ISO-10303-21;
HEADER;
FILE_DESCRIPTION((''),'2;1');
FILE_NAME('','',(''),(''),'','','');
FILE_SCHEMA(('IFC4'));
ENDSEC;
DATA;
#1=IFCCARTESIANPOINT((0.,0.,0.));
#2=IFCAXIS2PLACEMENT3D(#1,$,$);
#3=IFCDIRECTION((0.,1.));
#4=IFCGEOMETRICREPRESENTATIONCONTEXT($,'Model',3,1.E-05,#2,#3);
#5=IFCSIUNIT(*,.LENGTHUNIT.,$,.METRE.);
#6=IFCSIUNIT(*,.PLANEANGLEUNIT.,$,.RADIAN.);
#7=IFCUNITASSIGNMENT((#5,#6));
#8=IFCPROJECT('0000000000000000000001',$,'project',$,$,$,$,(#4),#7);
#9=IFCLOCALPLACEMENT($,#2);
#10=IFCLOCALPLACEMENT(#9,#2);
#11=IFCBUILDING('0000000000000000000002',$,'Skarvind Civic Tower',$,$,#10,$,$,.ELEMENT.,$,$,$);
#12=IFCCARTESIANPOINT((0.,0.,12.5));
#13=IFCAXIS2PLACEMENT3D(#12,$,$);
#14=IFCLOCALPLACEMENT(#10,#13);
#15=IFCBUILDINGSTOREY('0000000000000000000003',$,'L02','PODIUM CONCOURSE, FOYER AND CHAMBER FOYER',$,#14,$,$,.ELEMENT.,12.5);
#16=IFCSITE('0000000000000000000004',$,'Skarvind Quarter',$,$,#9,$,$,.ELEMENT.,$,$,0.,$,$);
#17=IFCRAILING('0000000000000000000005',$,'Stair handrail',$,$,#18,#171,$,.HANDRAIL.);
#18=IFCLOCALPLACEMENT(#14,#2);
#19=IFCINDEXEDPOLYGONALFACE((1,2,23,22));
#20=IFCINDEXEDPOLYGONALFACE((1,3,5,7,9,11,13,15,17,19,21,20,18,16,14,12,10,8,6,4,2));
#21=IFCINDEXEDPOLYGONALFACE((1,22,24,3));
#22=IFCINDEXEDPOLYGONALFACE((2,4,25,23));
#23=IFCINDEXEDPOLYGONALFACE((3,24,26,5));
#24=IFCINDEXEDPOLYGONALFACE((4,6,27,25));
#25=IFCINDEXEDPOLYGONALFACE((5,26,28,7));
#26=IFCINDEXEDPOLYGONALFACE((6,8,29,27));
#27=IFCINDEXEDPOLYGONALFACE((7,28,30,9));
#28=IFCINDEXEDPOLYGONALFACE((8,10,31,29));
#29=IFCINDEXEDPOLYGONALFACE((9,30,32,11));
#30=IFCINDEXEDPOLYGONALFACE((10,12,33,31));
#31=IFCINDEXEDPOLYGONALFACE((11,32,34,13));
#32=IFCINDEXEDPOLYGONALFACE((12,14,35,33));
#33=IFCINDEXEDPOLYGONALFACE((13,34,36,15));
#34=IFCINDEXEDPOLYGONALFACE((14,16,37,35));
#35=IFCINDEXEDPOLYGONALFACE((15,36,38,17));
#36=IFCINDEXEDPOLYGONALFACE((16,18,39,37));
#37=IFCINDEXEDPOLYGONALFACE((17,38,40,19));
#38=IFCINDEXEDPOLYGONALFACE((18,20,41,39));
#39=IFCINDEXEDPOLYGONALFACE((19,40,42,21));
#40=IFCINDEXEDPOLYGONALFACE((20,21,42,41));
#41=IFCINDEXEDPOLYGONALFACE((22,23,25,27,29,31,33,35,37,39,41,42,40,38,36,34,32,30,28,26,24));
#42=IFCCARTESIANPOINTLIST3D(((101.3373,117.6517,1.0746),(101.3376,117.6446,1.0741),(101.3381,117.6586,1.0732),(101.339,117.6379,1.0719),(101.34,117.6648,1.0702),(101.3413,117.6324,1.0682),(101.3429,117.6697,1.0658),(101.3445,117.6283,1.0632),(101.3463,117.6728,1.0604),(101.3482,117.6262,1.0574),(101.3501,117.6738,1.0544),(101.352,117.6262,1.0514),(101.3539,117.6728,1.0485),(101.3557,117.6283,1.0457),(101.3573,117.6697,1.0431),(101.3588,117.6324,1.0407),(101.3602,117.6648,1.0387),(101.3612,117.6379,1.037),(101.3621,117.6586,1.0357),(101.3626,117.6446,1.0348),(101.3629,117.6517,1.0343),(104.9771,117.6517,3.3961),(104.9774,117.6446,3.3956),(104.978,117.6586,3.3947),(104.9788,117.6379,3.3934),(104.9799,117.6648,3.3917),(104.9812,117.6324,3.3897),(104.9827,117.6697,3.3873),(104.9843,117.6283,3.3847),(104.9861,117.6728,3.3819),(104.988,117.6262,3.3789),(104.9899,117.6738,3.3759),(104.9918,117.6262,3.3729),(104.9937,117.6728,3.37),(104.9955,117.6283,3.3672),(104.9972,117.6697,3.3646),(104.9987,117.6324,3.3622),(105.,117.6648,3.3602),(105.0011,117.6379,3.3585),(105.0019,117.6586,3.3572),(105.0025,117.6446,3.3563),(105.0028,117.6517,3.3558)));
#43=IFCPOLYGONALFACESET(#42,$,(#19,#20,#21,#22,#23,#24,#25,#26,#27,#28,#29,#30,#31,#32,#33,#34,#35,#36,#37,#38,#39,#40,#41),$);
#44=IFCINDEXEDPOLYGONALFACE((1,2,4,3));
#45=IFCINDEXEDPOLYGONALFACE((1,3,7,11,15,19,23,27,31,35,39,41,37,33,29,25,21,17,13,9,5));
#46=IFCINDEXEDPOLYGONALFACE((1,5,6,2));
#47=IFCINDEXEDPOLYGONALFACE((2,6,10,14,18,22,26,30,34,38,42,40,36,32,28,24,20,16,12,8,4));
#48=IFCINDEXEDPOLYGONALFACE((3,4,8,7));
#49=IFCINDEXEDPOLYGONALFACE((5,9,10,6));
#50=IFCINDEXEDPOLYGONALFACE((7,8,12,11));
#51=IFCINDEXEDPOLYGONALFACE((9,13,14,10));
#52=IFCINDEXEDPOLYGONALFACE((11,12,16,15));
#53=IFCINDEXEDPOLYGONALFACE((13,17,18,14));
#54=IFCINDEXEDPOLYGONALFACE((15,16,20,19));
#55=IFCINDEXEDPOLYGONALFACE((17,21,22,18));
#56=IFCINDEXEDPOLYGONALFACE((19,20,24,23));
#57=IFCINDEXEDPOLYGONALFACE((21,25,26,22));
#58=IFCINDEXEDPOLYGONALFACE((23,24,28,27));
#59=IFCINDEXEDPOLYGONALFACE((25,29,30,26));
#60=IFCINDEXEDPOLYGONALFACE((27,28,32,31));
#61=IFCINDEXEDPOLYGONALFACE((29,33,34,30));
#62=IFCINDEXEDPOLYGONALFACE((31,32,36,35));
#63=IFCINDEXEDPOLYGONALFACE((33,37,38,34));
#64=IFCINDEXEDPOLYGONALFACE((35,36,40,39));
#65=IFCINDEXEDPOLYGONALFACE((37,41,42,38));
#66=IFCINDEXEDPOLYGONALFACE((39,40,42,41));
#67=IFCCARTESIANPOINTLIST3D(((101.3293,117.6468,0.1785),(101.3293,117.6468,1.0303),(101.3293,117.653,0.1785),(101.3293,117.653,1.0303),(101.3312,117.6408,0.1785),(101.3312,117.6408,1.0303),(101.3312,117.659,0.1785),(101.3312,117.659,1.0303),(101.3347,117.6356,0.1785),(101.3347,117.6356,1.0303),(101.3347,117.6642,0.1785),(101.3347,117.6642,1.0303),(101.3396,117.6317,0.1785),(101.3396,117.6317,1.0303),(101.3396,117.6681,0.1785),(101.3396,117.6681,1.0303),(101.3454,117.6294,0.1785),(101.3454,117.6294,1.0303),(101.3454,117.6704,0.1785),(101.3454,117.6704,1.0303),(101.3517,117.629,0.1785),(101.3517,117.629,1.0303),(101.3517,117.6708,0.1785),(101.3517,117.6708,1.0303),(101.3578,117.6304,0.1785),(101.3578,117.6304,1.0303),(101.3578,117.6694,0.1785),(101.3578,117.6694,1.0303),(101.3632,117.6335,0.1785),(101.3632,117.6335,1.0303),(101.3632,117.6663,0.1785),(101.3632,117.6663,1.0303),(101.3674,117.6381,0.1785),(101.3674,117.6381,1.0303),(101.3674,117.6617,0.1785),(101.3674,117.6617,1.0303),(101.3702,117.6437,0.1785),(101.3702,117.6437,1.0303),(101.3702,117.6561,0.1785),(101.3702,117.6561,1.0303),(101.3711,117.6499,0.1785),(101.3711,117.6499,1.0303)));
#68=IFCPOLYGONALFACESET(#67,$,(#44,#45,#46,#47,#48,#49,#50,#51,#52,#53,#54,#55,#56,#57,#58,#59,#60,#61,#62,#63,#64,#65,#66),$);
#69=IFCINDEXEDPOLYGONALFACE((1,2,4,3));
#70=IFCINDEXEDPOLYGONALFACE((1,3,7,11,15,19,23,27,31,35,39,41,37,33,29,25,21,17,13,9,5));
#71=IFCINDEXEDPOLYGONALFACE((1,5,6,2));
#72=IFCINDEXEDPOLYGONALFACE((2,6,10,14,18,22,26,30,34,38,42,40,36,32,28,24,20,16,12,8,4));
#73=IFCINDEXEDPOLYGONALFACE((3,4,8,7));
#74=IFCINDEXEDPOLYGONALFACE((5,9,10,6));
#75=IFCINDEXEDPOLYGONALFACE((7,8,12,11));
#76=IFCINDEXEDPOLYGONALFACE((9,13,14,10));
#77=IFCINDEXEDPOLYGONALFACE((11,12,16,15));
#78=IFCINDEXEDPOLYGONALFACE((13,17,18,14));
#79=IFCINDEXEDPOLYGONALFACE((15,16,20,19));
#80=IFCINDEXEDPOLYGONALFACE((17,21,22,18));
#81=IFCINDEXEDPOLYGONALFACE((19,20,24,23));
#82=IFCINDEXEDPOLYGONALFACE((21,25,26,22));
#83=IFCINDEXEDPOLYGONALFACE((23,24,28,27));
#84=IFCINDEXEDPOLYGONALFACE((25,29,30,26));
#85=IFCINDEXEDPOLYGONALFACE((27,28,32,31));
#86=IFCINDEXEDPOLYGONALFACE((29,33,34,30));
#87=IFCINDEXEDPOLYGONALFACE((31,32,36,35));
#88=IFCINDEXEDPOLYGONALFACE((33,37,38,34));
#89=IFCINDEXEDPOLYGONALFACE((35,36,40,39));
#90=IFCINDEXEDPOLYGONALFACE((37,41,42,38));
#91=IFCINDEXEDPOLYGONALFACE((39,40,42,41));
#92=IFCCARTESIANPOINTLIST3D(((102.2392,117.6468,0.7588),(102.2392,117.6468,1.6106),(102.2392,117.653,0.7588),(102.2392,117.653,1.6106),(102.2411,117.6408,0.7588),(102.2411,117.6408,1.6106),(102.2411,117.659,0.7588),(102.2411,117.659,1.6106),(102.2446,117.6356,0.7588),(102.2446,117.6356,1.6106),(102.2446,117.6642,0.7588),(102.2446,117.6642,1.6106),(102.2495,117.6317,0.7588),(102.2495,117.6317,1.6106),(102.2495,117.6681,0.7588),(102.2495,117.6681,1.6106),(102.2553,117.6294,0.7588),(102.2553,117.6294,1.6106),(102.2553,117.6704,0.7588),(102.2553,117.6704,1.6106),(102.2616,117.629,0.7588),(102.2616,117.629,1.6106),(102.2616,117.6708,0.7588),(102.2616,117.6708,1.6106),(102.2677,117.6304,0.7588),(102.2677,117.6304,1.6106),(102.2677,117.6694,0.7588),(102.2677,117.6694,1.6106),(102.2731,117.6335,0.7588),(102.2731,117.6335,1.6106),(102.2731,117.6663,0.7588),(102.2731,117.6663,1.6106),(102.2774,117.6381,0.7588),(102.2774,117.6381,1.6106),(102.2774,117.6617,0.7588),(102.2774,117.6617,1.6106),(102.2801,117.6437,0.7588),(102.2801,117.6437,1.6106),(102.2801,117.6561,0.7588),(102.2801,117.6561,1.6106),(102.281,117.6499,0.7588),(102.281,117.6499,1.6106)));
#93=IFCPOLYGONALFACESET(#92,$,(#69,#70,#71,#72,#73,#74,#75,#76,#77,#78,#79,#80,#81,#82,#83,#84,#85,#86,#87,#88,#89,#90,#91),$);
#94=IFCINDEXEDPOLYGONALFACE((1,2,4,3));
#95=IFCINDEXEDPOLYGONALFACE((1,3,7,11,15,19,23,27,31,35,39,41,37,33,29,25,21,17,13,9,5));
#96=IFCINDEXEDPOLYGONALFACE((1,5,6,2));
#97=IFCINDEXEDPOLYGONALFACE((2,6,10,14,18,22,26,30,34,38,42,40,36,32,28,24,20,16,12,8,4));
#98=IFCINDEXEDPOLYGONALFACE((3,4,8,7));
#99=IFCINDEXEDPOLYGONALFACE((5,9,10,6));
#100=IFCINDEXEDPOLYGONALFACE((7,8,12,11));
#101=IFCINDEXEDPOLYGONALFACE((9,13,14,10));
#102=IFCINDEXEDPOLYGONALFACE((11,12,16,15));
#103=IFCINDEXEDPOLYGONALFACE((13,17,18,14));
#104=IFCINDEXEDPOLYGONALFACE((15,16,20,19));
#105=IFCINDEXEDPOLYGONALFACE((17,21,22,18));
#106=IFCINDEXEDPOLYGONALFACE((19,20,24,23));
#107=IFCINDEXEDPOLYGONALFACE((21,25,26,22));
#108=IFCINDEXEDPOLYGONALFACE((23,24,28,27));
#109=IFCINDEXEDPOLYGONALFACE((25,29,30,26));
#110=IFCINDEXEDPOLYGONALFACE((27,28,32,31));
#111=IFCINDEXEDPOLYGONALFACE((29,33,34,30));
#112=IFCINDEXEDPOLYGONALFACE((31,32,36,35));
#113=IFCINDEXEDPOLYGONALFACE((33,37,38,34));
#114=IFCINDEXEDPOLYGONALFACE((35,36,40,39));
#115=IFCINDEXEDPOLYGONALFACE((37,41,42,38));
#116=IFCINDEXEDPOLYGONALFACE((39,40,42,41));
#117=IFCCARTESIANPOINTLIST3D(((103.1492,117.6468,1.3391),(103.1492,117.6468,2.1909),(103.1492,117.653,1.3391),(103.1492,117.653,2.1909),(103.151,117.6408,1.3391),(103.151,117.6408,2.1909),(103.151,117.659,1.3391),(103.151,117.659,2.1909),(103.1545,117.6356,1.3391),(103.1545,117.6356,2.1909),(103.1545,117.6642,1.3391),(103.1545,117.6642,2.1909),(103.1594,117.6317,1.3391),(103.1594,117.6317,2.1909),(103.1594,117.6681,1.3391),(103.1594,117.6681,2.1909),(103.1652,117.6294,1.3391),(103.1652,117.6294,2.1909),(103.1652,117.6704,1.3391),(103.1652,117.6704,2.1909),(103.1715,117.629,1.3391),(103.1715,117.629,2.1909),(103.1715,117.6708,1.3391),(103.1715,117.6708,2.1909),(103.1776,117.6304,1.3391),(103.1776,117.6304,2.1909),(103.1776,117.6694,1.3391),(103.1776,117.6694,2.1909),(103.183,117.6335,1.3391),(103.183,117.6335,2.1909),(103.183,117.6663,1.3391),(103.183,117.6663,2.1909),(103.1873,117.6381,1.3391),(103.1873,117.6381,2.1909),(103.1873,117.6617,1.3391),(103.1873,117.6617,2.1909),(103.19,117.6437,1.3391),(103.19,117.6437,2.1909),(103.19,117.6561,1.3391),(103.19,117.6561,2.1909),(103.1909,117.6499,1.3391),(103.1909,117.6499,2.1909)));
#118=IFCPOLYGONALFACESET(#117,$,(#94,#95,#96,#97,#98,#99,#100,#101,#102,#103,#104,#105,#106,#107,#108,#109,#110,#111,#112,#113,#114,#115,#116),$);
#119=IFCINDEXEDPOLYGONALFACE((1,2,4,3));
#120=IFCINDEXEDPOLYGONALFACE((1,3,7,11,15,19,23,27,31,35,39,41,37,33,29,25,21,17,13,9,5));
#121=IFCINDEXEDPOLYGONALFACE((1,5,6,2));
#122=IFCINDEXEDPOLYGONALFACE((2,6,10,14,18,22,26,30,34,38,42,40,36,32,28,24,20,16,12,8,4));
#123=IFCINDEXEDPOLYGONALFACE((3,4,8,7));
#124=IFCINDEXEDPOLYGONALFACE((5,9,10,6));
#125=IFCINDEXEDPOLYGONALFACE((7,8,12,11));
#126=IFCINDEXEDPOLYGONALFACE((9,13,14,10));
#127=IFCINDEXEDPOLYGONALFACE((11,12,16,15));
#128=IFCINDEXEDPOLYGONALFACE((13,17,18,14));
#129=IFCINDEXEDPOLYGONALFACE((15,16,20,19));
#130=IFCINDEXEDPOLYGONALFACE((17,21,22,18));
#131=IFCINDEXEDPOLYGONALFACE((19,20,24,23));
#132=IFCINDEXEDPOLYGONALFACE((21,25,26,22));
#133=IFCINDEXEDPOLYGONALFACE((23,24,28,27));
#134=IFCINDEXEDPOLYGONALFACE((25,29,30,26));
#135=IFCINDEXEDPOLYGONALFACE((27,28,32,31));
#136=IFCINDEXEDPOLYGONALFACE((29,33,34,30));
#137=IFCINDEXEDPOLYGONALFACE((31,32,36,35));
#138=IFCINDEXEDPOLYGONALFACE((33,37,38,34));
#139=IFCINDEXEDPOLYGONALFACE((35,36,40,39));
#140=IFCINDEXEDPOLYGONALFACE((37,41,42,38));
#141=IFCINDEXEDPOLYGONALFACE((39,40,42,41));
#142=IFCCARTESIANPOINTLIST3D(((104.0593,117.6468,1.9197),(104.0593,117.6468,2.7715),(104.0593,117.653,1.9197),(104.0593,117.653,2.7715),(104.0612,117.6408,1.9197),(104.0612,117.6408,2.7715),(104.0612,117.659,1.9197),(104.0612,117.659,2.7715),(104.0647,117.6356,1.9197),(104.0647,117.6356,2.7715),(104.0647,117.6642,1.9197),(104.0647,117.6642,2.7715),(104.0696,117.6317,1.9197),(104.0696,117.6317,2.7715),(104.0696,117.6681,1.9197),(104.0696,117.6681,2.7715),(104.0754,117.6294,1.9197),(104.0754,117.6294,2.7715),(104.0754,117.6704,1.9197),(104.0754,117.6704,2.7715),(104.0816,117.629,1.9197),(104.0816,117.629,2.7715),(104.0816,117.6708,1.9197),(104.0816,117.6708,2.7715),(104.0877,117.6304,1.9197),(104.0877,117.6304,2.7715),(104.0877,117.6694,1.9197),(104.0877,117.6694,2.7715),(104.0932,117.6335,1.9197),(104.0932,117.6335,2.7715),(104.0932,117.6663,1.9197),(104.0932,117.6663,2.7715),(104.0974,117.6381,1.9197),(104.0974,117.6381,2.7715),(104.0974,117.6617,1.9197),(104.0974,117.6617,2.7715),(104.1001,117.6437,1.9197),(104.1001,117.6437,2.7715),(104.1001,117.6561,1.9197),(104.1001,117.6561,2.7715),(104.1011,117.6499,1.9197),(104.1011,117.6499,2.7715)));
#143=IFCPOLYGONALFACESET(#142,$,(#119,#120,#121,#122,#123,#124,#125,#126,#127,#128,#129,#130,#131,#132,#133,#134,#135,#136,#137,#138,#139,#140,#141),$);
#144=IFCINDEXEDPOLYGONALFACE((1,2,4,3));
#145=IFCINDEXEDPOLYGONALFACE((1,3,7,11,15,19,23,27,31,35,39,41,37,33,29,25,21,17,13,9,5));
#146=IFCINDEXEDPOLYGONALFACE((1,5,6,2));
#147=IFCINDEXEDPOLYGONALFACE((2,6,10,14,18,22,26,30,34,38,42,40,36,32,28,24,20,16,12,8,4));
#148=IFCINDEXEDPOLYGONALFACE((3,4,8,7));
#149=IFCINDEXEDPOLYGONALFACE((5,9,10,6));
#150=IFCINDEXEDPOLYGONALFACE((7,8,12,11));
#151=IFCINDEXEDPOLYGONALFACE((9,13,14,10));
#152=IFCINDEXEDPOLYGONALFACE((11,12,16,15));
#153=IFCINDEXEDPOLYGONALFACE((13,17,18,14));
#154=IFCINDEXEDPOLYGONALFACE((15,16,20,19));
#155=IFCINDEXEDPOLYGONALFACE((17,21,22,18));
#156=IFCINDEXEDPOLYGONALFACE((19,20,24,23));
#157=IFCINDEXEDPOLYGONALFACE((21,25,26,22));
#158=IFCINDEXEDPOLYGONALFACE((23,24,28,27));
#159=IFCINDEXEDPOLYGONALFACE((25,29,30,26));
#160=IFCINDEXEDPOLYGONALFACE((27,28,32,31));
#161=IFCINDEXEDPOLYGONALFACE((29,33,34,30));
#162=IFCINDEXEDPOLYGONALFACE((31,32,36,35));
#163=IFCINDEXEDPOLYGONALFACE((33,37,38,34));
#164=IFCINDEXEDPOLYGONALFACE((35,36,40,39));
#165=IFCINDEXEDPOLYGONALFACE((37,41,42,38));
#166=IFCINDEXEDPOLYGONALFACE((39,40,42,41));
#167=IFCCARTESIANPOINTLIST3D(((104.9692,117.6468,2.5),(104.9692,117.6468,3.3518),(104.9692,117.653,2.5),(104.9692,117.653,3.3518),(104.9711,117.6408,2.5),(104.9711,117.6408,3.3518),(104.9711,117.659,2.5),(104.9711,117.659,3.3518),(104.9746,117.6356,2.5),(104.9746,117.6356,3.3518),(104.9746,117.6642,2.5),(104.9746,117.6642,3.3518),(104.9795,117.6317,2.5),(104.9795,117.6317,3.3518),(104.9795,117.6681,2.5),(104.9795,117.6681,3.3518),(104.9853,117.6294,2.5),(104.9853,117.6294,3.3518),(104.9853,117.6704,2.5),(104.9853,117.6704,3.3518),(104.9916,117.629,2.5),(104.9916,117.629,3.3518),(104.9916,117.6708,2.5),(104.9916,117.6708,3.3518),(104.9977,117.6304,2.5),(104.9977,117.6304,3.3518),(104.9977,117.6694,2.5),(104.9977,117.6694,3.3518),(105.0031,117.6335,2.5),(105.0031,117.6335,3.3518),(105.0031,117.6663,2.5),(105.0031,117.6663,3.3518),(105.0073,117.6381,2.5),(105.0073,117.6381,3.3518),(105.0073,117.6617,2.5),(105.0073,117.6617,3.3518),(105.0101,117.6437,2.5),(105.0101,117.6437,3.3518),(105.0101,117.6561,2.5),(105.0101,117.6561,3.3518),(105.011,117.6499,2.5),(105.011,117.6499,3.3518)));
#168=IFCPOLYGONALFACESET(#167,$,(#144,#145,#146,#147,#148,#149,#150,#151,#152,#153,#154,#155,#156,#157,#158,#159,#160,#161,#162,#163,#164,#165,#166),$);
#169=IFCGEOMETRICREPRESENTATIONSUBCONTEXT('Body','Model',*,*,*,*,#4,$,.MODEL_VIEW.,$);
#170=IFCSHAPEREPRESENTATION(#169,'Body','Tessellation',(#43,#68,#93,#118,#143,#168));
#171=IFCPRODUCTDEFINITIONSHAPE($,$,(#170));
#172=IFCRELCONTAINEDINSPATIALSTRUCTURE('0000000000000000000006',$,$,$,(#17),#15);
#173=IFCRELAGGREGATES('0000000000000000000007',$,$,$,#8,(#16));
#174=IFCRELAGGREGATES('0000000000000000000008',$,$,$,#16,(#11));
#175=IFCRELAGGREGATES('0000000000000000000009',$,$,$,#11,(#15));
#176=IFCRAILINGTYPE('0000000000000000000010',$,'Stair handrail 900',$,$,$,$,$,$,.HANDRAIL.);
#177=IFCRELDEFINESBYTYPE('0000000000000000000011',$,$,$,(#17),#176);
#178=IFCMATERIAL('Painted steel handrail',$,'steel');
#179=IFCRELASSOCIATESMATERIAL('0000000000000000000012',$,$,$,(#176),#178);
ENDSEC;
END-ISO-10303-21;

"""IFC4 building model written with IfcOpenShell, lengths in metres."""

from ifc_helpers import new_model, si_unit, direction, frame, origin, origin_2d, place, context, subcontext, project, spatial, circle, extrude, material, type_object, element, save


model = new_model("IFC4")

# Units and contexts
model_context = context("Model", 3, precision=1e-05, world=origin(), true_north=direction((0.0, 1.0)))
body_context = subcontext(model_context, "Body", "Model", "MODEL_VIEW")
ifc_project = project(units=[si_unit("LENGTHUNIT", "METRE"), si_unit("PLANEANGLEUNIT", "RADIAN")], contexts=[model_context])

# Site, building, storey
site_placement = place(None, origin())
site = spatial("IfcSite", under=ifc_project, at=site_placement, Name="Skarvind Quarter", CompositionType="ELEMENT", RefElevation=0.0)
building_placement = place(site_placement, origin())
building = spatial("IfcBuilding", under=site, at=building_placement, Name="Skarvind Civic Tower", CompositionType="ELEMENT")
storey_placement = place(building_placement, frame((0.0, 0.0, 12.5)))
storey = spatial("IfcBuildingStorey", under=building, at=storey_placement, Name="L02", Description="PODIUM CONCOURSE, FOYER AND CHAMBER FOYER", CompositionType="ELEMENT", Elevation=12.5)

# Railing
ifc_material_1 = material(Name="Painted steel handrail", Category="steel")
railing_type = type_object("IfcRailingType", Name="Stair handrail 900", PredefinedType="HANDRAIL", material=ifc_material_1)
railing_placement = place(storey_placement, frame((101.3501, 117.6499, 0.1785)))
element("IfcRailing", 1, at=railing_placement, inside=storey, type_object=railing_type, Name="Stair handrail", PredefinedType="HANDRAIL", context=body_context, shape_type="SweptSolid", body=[
    extrude(circle(Radius=0.0239, at=origin_2d()), frame((0.0, 0.0, 0.876), z_axis=(0.843112, 0.0, 0.537739), x_axis=(0.0, 1.0, 0.0)), (0.0, 0.0, 1.0), 4.3171),
    extrude(circle(Radius=0.021, at=origin_2d()), origin(), (0.0, 0.0, 1.0), 0.8518),
    extrude(circle(Radius=0.021, at=origin_2d()), frame((0.9099, 0.0, 0.5803)), (0.0, 0.0, 1.0), 0.8518),
    extrude(circle(Radius=0.021, at=origin_2d()), frame((1.8198, 0.0, 1.1606)), (0.0, 0.0, 1.0), 0.8518),
    extrude(circle(Radius=0.021, at=origin_2d()), frame((2.73, 0.0, 1.7412)), (0.0, 0.0, 1.0), 0.8518),
    extrude(circle(Radius=0.021, at=origin_2d()), frame((3.6399, 0.0, 2.3215)), (0.0, 0.0, 1.0), 0.8518),
])

save(model, "model.ifc")
